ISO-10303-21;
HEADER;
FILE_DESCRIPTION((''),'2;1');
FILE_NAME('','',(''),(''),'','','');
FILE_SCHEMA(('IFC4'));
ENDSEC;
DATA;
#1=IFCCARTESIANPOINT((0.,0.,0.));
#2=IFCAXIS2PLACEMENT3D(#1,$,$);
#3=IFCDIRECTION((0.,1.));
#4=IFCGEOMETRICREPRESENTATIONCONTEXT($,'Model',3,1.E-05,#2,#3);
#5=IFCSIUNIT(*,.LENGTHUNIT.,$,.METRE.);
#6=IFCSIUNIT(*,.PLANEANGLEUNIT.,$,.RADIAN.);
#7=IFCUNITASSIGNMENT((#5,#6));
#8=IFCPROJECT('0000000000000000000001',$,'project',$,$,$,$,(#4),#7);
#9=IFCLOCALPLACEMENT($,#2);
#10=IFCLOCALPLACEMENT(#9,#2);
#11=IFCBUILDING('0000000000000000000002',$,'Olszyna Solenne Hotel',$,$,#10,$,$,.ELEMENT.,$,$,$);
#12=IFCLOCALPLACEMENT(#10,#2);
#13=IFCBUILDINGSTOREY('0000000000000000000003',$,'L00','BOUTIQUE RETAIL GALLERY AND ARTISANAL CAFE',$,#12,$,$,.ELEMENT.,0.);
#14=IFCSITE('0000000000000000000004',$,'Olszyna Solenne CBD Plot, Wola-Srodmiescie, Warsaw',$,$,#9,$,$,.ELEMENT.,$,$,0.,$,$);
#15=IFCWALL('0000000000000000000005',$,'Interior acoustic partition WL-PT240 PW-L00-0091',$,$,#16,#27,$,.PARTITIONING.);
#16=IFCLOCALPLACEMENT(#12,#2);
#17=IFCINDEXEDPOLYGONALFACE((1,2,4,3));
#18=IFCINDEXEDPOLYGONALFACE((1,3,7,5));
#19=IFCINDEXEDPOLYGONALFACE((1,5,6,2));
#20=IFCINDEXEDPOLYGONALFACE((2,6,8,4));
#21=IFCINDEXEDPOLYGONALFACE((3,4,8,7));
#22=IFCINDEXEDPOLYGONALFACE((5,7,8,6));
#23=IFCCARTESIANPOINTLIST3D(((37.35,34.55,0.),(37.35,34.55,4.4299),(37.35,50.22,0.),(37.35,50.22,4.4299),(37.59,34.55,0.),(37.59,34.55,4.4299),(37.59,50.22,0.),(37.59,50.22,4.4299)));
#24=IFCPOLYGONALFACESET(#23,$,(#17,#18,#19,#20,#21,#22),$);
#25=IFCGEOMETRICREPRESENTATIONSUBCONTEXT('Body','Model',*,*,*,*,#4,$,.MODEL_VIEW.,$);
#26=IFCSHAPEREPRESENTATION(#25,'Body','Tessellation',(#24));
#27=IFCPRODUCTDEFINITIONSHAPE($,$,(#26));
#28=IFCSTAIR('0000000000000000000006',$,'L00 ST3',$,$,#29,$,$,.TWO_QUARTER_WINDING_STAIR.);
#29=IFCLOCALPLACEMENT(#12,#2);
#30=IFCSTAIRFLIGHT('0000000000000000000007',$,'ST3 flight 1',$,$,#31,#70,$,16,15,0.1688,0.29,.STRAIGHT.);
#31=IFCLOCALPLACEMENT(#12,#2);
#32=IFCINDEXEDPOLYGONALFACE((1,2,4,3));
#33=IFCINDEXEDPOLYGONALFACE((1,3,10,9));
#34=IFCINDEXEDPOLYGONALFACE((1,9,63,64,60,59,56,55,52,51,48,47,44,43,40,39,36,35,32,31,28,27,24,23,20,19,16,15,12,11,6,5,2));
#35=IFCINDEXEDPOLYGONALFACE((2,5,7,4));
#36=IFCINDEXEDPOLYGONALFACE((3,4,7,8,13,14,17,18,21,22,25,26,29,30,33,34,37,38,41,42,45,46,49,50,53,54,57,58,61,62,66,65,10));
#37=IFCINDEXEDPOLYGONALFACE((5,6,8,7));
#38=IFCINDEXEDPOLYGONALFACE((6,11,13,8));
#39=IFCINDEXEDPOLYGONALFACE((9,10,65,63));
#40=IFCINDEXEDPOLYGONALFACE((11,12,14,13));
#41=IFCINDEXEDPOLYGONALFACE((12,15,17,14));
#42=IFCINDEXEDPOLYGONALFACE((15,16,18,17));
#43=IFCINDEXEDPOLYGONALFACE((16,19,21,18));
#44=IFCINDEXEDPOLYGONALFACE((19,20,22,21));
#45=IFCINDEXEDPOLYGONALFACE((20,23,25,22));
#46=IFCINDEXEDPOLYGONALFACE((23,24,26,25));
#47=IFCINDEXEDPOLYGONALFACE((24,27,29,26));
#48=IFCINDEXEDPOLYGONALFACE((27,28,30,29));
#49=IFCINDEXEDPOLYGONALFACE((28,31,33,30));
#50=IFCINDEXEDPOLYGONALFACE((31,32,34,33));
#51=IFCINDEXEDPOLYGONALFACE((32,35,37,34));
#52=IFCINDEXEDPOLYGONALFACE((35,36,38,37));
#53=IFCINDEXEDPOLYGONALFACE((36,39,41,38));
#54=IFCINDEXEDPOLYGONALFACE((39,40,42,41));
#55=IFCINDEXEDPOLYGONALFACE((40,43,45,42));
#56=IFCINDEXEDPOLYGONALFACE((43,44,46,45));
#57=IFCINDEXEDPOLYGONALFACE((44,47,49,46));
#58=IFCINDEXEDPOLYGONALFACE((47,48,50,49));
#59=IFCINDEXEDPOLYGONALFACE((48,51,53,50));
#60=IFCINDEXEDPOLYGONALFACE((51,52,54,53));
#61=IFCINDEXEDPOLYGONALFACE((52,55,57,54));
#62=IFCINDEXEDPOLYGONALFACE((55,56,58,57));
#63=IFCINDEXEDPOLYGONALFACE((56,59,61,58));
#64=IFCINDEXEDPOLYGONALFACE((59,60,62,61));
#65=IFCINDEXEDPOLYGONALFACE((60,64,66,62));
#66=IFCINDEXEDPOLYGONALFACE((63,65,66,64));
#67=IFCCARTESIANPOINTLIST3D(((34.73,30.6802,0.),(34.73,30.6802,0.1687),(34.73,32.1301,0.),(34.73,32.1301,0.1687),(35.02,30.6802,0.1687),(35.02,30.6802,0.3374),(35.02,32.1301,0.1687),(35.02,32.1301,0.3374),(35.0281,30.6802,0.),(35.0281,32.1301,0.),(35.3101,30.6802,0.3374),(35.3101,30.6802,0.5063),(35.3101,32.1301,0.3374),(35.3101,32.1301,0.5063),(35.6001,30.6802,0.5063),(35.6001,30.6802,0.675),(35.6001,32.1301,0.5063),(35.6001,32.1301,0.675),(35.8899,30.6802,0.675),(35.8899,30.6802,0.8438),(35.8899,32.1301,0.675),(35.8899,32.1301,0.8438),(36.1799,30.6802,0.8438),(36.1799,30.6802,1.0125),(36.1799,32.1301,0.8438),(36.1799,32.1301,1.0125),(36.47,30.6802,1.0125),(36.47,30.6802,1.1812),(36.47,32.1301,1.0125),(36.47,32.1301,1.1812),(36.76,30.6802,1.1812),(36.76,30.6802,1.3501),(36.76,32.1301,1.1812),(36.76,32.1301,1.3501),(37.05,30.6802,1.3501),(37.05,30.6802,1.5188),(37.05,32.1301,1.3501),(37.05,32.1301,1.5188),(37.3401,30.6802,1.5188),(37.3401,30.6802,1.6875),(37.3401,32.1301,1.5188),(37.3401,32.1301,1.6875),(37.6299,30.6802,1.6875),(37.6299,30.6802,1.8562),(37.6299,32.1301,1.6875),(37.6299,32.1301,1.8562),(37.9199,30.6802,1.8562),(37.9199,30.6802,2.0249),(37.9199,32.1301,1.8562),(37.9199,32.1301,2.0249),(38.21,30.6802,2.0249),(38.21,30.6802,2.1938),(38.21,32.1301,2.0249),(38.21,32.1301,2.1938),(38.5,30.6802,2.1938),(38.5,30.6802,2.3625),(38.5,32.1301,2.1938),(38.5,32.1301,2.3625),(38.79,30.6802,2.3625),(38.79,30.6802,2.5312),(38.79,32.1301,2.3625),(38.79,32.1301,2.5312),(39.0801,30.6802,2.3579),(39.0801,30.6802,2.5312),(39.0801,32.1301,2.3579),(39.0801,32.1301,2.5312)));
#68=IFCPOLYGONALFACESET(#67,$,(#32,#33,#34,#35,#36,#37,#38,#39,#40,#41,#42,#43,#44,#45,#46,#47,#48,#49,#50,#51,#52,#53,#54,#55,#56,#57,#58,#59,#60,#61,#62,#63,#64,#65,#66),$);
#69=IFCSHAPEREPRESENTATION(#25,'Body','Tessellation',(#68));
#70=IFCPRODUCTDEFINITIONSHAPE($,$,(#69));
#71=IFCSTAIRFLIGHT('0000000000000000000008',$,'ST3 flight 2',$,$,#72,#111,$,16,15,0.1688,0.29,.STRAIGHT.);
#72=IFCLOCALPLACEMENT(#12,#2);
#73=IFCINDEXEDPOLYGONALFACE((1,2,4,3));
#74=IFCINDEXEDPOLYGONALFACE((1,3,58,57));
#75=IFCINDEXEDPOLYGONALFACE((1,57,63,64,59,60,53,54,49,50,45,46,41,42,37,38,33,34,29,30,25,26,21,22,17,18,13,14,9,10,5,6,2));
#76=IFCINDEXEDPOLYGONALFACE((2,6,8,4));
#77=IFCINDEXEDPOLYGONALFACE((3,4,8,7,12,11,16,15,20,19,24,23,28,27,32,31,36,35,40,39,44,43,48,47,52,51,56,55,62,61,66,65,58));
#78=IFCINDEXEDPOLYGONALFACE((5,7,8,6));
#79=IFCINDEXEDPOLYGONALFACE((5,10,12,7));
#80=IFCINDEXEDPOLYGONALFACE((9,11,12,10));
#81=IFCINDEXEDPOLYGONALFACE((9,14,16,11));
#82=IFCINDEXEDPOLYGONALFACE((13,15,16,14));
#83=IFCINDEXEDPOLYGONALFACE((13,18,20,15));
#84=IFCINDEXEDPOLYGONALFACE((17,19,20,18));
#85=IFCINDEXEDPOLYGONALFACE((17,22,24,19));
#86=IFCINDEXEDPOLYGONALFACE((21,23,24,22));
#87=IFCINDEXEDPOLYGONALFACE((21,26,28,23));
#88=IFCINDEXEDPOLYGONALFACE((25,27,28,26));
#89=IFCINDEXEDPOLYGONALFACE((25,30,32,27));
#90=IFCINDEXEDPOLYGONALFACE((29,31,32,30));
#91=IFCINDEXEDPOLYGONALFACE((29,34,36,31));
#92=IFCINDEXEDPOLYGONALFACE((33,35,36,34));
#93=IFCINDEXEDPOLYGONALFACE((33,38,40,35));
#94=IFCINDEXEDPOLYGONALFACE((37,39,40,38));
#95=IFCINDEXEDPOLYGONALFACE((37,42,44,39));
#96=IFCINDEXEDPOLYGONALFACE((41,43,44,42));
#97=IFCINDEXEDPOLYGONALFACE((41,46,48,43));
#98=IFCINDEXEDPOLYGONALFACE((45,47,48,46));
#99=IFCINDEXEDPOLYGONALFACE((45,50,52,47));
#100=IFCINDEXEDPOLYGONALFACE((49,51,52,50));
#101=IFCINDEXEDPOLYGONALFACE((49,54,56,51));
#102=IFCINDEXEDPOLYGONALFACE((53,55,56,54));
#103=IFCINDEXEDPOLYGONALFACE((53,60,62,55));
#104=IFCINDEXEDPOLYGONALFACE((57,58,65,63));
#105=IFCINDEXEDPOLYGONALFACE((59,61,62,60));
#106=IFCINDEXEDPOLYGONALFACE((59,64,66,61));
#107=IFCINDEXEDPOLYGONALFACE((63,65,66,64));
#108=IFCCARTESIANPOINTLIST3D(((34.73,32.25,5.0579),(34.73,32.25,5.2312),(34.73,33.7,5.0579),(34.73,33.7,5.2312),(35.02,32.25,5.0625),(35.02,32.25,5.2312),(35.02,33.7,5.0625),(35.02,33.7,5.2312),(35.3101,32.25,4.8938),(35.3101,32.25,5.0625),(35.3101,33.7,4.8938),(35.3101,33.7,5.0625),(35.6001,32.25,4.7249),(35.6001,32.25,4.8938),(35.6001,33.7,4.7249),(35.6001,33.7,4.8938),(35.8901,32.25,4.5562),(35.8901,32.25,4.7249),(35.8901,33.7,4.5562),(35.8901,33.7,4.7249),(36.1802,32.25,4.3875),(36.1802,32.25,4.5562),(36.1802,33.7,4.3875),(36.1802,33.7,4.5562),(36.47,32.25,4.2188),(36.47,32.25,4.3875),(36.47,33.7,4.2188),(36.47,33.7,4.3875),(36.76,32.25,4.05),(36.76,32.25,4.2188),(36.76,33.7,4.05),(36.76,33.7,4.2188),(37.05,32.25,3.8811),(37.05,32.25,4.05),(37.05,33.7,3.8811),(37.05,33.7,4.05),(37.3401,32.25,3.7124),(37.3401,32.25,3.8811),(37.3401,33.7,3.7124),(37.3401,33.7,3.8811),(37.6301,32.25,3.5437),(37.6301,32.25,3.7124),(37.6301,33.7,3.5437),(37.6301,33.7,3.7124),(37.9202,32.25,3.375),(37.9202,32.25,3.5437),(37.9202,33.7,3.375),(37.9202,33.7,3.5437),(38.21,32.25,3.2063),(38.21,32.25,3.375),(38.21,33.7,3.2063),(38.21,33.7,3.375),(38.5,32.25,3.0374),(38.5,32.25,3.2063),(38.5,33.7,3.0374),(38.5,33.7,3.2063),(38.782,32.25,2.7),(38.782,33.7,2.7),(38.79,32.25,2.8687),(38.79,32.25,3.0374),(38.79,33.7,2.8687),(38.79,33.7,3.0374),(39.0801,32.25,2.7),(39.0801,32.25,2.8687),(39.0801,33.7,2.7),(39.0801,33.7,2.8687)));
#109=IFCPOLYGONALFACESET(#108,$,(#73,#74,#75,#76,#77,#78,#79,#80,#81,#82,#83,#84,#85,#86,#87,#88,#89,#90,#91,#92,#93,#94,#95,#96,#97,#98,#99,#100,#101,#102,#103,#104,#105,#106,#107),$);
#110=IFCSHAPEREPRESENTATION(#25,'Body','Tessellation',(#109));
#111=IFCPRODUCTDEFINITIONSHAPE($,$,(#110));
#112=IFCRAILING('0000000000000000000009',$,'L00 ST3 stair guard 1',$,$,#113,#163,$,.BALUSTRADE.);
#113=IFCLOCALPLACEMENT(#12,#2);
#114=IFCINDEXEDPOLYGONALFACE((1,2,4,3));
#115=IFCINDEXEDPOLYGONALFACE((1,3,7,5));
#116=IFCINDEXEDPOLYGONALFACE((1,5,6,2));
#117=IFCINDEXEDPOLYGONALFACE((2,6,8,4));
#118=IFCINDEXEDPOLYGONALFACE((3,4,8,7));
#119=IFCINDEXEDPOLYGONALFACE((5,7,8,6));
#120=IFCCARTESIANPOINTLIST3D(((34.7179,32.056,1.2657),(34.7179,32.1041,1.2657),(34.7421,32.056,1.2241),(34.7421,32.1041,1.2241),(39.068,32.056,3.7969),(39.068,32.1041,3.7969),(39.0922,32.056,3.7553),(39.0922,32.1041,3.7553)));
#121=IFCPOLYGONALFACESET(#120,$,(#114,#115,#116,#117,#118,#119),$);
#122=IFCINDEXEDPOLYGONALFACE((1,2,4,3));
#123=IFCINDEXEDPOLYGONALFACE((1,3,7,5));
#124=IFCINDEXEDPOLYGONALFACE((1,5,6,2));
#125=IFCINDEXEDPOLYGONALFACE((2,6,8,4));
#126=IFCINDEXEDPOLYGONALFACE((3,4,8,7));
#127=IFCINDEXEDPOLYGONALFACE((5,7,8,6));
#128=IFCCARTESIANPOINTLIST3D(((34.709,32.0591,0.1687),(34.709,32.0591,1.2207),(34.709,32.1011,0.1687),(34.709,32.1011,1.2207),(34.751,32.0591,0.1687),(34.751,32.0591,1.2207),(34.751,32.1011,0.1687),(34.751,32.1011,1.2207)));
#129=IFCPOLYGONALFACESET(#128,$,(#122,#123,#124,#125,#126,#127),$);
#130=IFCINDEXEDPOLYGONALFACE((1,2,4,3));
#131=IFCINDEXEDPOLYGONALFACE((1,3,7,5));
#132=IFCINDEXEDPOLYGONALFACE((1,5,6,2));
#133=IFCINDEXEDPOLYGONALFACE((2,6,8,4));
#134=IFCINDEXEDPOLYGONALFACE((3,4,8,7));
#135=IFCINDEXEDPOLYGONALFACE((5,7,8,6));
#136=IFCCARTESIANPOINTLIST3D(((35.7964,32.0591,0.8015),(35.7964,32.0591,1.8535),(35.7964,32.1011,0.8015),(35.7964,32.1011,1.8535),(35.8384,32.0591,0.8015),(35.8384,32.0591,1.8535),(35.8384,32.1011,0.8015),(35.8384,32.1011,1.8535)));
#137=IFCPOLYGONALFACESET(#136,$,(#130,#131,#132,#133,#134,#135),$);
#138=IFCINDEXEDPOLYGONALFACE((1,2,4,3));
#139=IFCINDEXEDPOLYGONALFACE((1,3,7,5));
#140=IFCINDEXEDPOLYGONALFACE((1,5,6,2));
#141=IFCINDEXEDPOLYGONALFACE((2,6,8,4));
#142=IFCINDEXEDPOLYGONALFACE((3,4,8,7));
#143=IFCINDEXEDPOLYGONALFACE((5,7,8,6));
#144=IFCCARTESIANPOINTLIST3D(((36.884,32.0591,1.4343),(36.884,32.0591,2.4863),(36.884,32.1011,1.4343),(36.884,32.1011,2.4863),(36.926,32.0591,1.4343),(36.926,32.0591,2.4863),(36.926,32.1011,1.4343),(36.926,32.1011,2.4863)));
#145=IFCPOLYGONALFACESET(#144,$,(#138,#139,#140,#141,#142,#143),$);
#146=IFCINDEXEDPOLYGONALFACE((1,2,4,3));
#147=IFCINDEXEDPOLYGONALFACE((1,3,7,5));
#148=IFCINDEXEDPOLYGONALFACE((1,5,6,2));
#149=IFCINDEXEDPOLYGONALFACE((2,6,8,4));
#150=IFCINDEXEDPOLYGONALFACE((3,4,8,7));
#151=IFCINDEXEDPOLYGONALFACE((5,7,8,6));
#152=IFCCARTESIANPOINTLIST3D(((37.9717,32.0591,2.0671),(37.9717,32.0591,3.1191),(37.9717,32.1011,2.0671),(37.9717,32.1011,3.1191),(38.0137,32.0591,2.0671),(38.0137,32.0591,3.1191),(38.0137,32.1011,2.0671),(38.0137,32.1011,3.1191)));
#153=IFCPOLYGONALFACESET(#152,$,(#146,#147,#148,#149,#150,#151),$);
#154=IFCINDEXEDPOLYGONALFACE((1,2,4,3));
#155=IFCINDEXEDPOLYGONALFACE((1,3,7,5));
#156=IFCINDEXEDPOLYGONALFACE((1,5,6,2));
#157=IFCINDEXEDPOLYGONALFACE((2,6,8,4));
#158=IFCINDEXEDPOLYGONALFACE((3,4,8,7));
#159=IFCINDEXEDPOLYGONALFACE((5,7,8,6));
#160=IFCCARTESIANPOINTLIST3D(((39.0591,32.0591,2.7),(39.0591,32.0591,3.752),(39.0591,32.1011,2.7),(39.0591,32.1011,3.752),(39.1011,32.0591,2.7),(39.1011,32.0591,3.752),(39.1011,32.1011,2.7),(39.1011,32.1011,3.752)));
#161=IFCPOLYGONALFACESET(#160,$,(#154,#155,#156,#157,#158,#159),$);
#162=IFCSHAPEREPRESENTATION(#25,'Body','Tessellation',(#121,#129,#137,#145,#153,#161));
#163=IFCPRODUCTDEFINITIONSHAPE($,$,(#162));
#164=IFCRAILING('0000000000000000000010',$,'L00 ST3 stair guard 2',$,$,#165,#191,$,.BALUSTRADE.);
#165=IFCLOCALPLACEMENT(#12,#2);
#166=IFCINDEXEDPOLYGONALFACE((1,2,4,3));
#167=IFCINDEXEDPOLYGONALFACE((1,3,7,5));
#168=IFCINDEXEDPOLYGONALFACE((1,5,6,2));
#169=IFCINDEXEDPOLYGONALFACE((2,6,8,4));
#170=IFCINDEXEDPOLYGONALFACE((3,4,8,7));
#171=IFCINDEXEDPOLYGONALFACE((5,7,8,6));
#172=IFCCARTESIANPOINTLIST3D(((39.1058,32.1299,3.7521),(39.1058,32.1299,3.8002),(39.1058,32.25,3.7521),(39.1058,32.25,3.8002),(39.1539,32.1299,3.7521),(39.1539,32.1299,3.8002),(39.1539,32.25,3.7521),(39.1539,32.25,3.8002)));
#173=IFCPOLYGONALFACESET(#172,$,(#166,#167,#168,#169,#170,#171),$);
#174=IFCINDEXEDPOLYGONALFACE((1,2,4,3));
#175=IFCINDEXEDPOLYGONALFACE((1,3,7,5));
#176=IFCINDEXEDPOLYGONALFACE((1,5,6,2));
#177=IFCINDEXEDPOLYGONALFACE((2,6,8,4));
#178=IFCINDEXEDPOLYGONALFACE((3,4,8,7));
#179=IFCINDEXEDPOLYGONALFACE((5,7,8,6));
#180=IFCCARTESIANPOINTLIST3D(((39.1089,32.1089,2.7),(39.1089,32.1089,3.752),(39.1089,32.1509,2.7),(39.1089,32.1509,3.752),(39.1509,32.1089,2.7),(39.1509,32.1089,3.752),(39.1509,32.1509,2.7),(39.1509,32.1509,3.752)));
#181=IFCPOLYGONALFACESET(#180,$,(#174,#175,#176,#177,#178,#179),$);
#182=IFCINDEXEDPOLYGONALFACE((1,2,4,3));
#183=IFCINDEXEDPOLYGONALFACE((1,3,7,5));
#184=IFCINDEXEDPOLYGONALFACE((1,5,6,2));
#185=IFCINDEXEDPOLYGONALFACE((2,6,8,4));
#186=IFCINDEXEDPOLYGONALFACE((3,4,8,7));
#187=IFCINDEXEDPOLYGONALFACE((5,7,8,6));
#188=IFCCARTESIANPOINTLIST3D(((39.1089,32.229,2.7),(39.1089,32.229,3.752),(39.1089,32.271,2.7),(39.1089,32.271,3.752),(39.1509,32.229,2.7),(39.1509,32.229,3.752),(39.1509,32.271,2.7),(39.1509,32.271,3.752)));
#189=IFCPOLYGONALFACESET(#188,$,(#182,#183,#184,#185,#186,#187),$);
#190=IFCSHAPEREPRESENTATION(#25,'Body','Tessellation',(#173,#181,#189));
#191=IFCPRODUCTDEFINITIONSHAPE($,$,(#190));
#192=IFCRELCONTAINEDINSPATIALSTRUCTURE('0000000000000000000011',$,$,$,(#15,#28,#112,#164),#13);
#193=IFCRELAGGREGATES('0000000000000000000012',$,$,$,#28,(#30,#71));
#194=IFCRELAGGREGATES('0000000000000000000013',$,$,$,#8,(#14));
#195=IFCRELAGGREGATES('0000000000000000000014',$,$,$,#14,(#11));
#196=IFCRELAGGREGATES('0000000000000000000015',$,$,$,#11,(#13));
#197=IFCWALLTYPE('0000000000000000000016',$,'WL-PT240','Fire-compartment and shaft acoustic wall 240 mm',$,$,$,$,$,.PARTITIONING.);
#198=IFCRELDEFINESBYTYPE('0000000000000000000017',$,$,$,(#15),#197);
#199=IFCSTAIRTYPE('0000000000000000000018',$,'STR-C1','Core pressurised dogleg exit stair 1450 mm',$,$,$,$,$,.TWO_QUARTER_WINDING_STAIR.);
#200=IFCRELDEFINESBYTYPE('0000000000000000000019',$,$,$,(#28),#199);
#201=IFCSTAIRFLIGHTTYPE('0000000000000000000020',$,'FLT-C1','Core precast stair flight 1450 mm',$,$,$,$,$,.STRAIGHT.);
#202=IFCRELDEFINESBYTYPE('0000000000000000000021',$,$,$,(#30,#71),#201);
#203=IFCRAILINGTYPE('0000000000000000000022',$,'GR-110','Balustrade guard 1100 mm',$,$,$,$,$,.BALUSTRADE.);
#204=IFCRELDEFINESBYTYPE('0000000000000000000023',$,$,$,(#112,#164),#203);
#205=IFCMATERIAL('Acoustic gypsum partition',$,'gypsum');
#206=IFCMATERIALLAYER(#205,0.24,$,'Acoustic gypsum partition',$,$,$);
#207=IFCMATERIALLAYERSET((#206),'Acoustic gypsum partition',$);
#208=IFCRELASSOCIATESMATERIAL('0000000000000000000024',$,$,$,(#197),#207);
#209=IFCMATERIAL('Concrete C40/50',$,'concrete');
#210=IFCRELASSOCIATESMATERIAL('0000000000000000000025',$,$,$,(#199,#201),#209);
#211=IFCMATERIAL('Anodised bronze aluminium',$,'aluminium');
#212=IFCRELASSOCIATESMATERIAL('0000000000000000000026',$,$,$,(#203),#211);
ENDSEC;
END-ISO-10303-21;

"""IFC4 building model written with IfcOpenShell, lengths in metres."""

from ifc_helpers import new_model, si_unit, direction, frame, frame_2d, origin, origin_2d, place, context, subcontext, project, spatial, polyline, rectangle, outline, extrude, material, layer, layer_set, type_object, element, aggregate, save


model = new_model("IFC4")

# Units and contexts
model_context = context("Model", 3, precision=1e-05, world=origin(), true_north=direction((0.0, 1.0)))
body_context = subcontext(model_context, "Body", "Model", "MODEL_VIEW")
ifc_project = project(units=[si_unit("LENGTHUNIT", "METRE"), si_unit("PLANEANGLEUNIT", "RADIAN")], contexts=[model_context])

# Site, building, storey
site_placement = place(None, origin())
site = spatial("IfcSite", under=ifc_project, at=site_placement, Name="Olszyna Solenne CBD Plot, Wola-Srodmiescie, Warsaw", CompositionType="ELEMENT", RefElevation=0.0)
building_placement = place(site_placement, origin())
building = spatial("IfcBuilding", under=site, at=building_placement, Name="Olszyna Solenne Hotel", CompositionType="ELEMENT")
storey_placement = place(building_placement, origin())
storey = spatial("IfcBuildingStorey", under=building, at=storey_placement, Name="L00", Description="BOUTIQUE RETAIL GALLERY AND ARTISANAL CAFE", CompositionType="ELEMENT", Elevation=0.0)

# Shared definitions
ifc_material_1 = material(Name="Anodised bronze aluminium", Category="aluminium")

# Wall
ifc_material_2 = material(Name="Acoustic gypsum partition", Category="gypsum")
ifc_layer_1 = layer(ifc_material_2, 0.24, Name="Acoustic gypsum partition")
ifc_layer_set_1 = layer_set([ifc_layer_1], Name="Acoustic gypsum partition")
wall_type_1 = type_object("IfcWallType", Name="WL-PT240", Description="Fire-compartment and shaft acoustic wall 240 mm", PredefinedType="PARTITIONING", material=ifc_layer_set_1)
wall_1_placement = place(storey_placement, frame((37.47, 34.55, 0.0), z_axis=(0.0, 0.0, 1.0), x_axis=(0.0, 1.0, 0.0)))
element("IfcWall", 1, at=wall_1_placement, inside=storey, type_object=wall_type_1, Name="Interior acoustic partition WL-PT240 PW-L00-0091", PredefinedType="PARTITIONING", context=body_context, shape_type="SweptSolid", body=[
    extrude(rectangle(XDim=15.6699, YDim=0.24, at=frame_2d((7.835, 0.0))), origin(), (0.0, 0.0, 1.0), 4.4299),
])

# Stair, stair flights
ifc_material_3 = material(Name="Concrete C40/50", Category="concrete")
stair_type = type_object("IfcStairType", Name="STR-C1", Description="Core pressurised dogleg exit stair 1450 mm", PredefinedType="TWO_QUARTER_WINDING_STAIR", material=ifc_material_3)
stair_placement = place(storey_placement, origin())
stair = element("IfcStair", 2, at=stair_placement, inside=storey, type_object=stair_type, Name="L00 ST3", PredefinedType="TWO_QUARTER_WINDING_STAIR")
stair_flight_type = type_object("IfcStairFlightType", Name="FLT-C1", Description="Core precast stair flight 1450 mm", PredefinedType="STRAIGHT", material=ifc_material_3)
stair_flight_1_placement = place(storey_placement, frame((34.73, 31.405, 0.0), z_axis=(0.0, 0.0, 1.0), x_axis=(1.0, 0.0, 0.0)))
stair_flight_1 = element("IfcStairFlight", 3, at=stair_flight_1_placement, type_object=stair_flight_type, Name="ST3 flight 1", NumberOfRisers=16, NumberOfTreads=15, PredefinedType="STRAIGHT", RiserHeight=0.1688, TreadLength=0.29, context=body_context, shape_type="SweptSolid", body=[
    extrude(outline(polyline([(0.0, 0.0), (0.0, 0.1687), (0.29, 0.1687), (0.29, 0.3374), (0.5801, 0.3374), (0.5801, 0.5063), (0.8701, 0.5063), (0.8701, 0.675), (1.1599, 0.675), (1.1599, 0.8438), (1.45, 0.8438), (1.45, 1.0125), (1.74, 1.0125), (1.74, 1.1812), (2.03, 1.1812), (2.03, 1.3501), (2.3201, 1.3501), (2.3201, 1.5188), (2.6101, 1.5188), (2.6101, 1.6875), (2.8999, 1.6875), (2.8999, 1.8562), (3.1899, 1.8562), (3.1899, 2.0249), (3.48, 2.0249), (3.48, 2.1938), (3.77, 2.1938), (3.77, 2.3625), (4.0601, 2.3625), (4.0601, 2.5312), (4.3501, 2.5312), (4.3501, 2.7), (4.3501, 2.3579), (0.2981, 0.0), (0.0, 0.0)])), frame((0.0, 0.7251, 0.0), z_axis=(0.0, -1.0, 0.0), x_axis=(1.0, 0.0, 0.0)), (0.0, 0.0, 1.0), 1.45),
])
stair_flight_2_placement = place(storey_placement, frame((39.0801, 32.9751, 2.7), z_axis=(0.0, 0.0, 1.0), x_axis=(-1.0, 0.0, 0.0)))
stair_flight_2 = element("IfcStairFlight", 4, at=stair_flight_2_placement, type_object=stair_flight_type, Name="ST3 flight 2", NumberOfRisers=16, NumberOfTreads=15, PredefinedType="STRAIGHT", RiserHeight=0.1688, TreadLength=0.29, context=body_context, shape_type="SweptSolid", body=[
    extrude(outline(polyline([(0.0, 0.0), (0.0, 0.1687), (0.29, 0.1687), (0.29, 0.3374), (0.5801, 0.3374), (0.5801, 0.5063), (0.8701, 0.5063), (0.8701, 0.675), (1.1599, 0.675), (1.1599, 0.8438), (1.45, 0.8438), (1.45, 1.0125), (1.74, 1.0125), (1.74, 1.1812), (2.03, 1.1812), (2.03, 1.3501), (2.3201, 1.3501), (2.3201, 1.5188), (2.6101, 1.5188), (2.6101, 1.6875), (2.8999, 1.6875), (2.8999, 1.8562), (3.1899, 1.8562), (3.1899, 2.0249), (3.48, 2.0249), (3.48, 2.1938), (3.77, 2.1938), (3.77, 2.3625), (4.0601, 2.3625), (4.0601, 2.5312), (4.3501, 2.5312), (4.3501, 2.7), (4.3501, 2.3579), (0.2981, 0.0), (0.0, 0.0)])), frame((0.0, 0.7251, 0.0), z_axis=(0.0, -1.0, 0.0), x_axis=(1.0, 0.0, 0.0)), (0.0, 0.0, 1.0), 1.45),
])
aggregate(stair, [stair_flight_1, stair_flight_2])

# Railings
railing_type_1 = type_object("IfcRailingType", Name="GR-110", Description="Balustrade guard 1100 mm", PredefinedType="BALUSTRADE", material=ifc_material_1)
railing_1_placement = place(storey_placement, frame((34.73, 32.0801, 0.1687)))
element("IfcRailing", 5, at=railing_1_placement, inside=storey, type_object=railing_type_1, Name="L00 ST3 stair guard 1", PredefinedType="BALUSTRADE", context=body_context, shape_type="SweptSolid", body=[
    extrude(rectangle(XDim=0.0481, YDim=0.0481, at=origin_2d()), frame((0.0, 0.0, 1.0762), z_axis=(0.864324, 0.0, 0.502936), x_axis=(0.0, 1.0, 0.0)), (0.0, 0.0, 1.0), 5.033),
    extrude(rectangle(XDim=0.042, YDim=0.042, at=origin_2d()), origin(), (0.0, 0.0, 1.0), 1.052),
    extrude(rectangle(XDim=0.042, YDim=0.042, at=origin_2d()), frame((1.0874, 0.0, 0.6328)), (0.0, 0.0, 1.0), 1.052),
    extrude(rectangle(XDim=0.042, YDim=0.042, at=origin_2d()), frame((2.175, 0.0, 1.2656)), (0.0, 0.0, 1.0), 1.052),
    extrude(rectangle(XDim=0.042, YDim=0.042, at=origin_2d()), frame((3.2627, 0.0, 1.8984)), (0.0, 0.0, 1.0), 1.052),
    extrude(rectangle(XDim=0.042, YDim=0.042, at=origin_2d()), frame((4.3501, 0.0, 2.5312)), (0.0, 0.0, 1.0), 1.052),
])
railing_2_placement = place(storey_placement, frame((39.1299, 32.1299, 2.7)))
element("IfcRailing", 6, at=railing_2_placement, inside=storey, type_object=railing_type_1, Name="L00 ST3 stair guard 2", PredefinedType="BALUSTRADE", context=body_context, shape_type="SweptSolid", body=[
    extrude(rectangle(XDim=0.0481, YDim=0.0481, at=origin_2d()), frame((0.0, 0.0, 1.0762), z_axis=(0.0, 1.0, 0.0), x_axis=(-1.0, 0.0, 0.0)), (0.0, 0.0, 1.0), 0.1201),
    extrude(rectangle(XDim=0.042, YDim=0.042, at=origin_2d()), origin(), (0.0, 0.0, 1.0), 1.052),
    extrude(rectangle(XDim=0.042, YDim=0.042, at=origin_2d()), frame((0.0, 0.1201, 0.0)), (0.0, 0.0, 1.0), 1.052),
])

save(model, "model.ifc")
